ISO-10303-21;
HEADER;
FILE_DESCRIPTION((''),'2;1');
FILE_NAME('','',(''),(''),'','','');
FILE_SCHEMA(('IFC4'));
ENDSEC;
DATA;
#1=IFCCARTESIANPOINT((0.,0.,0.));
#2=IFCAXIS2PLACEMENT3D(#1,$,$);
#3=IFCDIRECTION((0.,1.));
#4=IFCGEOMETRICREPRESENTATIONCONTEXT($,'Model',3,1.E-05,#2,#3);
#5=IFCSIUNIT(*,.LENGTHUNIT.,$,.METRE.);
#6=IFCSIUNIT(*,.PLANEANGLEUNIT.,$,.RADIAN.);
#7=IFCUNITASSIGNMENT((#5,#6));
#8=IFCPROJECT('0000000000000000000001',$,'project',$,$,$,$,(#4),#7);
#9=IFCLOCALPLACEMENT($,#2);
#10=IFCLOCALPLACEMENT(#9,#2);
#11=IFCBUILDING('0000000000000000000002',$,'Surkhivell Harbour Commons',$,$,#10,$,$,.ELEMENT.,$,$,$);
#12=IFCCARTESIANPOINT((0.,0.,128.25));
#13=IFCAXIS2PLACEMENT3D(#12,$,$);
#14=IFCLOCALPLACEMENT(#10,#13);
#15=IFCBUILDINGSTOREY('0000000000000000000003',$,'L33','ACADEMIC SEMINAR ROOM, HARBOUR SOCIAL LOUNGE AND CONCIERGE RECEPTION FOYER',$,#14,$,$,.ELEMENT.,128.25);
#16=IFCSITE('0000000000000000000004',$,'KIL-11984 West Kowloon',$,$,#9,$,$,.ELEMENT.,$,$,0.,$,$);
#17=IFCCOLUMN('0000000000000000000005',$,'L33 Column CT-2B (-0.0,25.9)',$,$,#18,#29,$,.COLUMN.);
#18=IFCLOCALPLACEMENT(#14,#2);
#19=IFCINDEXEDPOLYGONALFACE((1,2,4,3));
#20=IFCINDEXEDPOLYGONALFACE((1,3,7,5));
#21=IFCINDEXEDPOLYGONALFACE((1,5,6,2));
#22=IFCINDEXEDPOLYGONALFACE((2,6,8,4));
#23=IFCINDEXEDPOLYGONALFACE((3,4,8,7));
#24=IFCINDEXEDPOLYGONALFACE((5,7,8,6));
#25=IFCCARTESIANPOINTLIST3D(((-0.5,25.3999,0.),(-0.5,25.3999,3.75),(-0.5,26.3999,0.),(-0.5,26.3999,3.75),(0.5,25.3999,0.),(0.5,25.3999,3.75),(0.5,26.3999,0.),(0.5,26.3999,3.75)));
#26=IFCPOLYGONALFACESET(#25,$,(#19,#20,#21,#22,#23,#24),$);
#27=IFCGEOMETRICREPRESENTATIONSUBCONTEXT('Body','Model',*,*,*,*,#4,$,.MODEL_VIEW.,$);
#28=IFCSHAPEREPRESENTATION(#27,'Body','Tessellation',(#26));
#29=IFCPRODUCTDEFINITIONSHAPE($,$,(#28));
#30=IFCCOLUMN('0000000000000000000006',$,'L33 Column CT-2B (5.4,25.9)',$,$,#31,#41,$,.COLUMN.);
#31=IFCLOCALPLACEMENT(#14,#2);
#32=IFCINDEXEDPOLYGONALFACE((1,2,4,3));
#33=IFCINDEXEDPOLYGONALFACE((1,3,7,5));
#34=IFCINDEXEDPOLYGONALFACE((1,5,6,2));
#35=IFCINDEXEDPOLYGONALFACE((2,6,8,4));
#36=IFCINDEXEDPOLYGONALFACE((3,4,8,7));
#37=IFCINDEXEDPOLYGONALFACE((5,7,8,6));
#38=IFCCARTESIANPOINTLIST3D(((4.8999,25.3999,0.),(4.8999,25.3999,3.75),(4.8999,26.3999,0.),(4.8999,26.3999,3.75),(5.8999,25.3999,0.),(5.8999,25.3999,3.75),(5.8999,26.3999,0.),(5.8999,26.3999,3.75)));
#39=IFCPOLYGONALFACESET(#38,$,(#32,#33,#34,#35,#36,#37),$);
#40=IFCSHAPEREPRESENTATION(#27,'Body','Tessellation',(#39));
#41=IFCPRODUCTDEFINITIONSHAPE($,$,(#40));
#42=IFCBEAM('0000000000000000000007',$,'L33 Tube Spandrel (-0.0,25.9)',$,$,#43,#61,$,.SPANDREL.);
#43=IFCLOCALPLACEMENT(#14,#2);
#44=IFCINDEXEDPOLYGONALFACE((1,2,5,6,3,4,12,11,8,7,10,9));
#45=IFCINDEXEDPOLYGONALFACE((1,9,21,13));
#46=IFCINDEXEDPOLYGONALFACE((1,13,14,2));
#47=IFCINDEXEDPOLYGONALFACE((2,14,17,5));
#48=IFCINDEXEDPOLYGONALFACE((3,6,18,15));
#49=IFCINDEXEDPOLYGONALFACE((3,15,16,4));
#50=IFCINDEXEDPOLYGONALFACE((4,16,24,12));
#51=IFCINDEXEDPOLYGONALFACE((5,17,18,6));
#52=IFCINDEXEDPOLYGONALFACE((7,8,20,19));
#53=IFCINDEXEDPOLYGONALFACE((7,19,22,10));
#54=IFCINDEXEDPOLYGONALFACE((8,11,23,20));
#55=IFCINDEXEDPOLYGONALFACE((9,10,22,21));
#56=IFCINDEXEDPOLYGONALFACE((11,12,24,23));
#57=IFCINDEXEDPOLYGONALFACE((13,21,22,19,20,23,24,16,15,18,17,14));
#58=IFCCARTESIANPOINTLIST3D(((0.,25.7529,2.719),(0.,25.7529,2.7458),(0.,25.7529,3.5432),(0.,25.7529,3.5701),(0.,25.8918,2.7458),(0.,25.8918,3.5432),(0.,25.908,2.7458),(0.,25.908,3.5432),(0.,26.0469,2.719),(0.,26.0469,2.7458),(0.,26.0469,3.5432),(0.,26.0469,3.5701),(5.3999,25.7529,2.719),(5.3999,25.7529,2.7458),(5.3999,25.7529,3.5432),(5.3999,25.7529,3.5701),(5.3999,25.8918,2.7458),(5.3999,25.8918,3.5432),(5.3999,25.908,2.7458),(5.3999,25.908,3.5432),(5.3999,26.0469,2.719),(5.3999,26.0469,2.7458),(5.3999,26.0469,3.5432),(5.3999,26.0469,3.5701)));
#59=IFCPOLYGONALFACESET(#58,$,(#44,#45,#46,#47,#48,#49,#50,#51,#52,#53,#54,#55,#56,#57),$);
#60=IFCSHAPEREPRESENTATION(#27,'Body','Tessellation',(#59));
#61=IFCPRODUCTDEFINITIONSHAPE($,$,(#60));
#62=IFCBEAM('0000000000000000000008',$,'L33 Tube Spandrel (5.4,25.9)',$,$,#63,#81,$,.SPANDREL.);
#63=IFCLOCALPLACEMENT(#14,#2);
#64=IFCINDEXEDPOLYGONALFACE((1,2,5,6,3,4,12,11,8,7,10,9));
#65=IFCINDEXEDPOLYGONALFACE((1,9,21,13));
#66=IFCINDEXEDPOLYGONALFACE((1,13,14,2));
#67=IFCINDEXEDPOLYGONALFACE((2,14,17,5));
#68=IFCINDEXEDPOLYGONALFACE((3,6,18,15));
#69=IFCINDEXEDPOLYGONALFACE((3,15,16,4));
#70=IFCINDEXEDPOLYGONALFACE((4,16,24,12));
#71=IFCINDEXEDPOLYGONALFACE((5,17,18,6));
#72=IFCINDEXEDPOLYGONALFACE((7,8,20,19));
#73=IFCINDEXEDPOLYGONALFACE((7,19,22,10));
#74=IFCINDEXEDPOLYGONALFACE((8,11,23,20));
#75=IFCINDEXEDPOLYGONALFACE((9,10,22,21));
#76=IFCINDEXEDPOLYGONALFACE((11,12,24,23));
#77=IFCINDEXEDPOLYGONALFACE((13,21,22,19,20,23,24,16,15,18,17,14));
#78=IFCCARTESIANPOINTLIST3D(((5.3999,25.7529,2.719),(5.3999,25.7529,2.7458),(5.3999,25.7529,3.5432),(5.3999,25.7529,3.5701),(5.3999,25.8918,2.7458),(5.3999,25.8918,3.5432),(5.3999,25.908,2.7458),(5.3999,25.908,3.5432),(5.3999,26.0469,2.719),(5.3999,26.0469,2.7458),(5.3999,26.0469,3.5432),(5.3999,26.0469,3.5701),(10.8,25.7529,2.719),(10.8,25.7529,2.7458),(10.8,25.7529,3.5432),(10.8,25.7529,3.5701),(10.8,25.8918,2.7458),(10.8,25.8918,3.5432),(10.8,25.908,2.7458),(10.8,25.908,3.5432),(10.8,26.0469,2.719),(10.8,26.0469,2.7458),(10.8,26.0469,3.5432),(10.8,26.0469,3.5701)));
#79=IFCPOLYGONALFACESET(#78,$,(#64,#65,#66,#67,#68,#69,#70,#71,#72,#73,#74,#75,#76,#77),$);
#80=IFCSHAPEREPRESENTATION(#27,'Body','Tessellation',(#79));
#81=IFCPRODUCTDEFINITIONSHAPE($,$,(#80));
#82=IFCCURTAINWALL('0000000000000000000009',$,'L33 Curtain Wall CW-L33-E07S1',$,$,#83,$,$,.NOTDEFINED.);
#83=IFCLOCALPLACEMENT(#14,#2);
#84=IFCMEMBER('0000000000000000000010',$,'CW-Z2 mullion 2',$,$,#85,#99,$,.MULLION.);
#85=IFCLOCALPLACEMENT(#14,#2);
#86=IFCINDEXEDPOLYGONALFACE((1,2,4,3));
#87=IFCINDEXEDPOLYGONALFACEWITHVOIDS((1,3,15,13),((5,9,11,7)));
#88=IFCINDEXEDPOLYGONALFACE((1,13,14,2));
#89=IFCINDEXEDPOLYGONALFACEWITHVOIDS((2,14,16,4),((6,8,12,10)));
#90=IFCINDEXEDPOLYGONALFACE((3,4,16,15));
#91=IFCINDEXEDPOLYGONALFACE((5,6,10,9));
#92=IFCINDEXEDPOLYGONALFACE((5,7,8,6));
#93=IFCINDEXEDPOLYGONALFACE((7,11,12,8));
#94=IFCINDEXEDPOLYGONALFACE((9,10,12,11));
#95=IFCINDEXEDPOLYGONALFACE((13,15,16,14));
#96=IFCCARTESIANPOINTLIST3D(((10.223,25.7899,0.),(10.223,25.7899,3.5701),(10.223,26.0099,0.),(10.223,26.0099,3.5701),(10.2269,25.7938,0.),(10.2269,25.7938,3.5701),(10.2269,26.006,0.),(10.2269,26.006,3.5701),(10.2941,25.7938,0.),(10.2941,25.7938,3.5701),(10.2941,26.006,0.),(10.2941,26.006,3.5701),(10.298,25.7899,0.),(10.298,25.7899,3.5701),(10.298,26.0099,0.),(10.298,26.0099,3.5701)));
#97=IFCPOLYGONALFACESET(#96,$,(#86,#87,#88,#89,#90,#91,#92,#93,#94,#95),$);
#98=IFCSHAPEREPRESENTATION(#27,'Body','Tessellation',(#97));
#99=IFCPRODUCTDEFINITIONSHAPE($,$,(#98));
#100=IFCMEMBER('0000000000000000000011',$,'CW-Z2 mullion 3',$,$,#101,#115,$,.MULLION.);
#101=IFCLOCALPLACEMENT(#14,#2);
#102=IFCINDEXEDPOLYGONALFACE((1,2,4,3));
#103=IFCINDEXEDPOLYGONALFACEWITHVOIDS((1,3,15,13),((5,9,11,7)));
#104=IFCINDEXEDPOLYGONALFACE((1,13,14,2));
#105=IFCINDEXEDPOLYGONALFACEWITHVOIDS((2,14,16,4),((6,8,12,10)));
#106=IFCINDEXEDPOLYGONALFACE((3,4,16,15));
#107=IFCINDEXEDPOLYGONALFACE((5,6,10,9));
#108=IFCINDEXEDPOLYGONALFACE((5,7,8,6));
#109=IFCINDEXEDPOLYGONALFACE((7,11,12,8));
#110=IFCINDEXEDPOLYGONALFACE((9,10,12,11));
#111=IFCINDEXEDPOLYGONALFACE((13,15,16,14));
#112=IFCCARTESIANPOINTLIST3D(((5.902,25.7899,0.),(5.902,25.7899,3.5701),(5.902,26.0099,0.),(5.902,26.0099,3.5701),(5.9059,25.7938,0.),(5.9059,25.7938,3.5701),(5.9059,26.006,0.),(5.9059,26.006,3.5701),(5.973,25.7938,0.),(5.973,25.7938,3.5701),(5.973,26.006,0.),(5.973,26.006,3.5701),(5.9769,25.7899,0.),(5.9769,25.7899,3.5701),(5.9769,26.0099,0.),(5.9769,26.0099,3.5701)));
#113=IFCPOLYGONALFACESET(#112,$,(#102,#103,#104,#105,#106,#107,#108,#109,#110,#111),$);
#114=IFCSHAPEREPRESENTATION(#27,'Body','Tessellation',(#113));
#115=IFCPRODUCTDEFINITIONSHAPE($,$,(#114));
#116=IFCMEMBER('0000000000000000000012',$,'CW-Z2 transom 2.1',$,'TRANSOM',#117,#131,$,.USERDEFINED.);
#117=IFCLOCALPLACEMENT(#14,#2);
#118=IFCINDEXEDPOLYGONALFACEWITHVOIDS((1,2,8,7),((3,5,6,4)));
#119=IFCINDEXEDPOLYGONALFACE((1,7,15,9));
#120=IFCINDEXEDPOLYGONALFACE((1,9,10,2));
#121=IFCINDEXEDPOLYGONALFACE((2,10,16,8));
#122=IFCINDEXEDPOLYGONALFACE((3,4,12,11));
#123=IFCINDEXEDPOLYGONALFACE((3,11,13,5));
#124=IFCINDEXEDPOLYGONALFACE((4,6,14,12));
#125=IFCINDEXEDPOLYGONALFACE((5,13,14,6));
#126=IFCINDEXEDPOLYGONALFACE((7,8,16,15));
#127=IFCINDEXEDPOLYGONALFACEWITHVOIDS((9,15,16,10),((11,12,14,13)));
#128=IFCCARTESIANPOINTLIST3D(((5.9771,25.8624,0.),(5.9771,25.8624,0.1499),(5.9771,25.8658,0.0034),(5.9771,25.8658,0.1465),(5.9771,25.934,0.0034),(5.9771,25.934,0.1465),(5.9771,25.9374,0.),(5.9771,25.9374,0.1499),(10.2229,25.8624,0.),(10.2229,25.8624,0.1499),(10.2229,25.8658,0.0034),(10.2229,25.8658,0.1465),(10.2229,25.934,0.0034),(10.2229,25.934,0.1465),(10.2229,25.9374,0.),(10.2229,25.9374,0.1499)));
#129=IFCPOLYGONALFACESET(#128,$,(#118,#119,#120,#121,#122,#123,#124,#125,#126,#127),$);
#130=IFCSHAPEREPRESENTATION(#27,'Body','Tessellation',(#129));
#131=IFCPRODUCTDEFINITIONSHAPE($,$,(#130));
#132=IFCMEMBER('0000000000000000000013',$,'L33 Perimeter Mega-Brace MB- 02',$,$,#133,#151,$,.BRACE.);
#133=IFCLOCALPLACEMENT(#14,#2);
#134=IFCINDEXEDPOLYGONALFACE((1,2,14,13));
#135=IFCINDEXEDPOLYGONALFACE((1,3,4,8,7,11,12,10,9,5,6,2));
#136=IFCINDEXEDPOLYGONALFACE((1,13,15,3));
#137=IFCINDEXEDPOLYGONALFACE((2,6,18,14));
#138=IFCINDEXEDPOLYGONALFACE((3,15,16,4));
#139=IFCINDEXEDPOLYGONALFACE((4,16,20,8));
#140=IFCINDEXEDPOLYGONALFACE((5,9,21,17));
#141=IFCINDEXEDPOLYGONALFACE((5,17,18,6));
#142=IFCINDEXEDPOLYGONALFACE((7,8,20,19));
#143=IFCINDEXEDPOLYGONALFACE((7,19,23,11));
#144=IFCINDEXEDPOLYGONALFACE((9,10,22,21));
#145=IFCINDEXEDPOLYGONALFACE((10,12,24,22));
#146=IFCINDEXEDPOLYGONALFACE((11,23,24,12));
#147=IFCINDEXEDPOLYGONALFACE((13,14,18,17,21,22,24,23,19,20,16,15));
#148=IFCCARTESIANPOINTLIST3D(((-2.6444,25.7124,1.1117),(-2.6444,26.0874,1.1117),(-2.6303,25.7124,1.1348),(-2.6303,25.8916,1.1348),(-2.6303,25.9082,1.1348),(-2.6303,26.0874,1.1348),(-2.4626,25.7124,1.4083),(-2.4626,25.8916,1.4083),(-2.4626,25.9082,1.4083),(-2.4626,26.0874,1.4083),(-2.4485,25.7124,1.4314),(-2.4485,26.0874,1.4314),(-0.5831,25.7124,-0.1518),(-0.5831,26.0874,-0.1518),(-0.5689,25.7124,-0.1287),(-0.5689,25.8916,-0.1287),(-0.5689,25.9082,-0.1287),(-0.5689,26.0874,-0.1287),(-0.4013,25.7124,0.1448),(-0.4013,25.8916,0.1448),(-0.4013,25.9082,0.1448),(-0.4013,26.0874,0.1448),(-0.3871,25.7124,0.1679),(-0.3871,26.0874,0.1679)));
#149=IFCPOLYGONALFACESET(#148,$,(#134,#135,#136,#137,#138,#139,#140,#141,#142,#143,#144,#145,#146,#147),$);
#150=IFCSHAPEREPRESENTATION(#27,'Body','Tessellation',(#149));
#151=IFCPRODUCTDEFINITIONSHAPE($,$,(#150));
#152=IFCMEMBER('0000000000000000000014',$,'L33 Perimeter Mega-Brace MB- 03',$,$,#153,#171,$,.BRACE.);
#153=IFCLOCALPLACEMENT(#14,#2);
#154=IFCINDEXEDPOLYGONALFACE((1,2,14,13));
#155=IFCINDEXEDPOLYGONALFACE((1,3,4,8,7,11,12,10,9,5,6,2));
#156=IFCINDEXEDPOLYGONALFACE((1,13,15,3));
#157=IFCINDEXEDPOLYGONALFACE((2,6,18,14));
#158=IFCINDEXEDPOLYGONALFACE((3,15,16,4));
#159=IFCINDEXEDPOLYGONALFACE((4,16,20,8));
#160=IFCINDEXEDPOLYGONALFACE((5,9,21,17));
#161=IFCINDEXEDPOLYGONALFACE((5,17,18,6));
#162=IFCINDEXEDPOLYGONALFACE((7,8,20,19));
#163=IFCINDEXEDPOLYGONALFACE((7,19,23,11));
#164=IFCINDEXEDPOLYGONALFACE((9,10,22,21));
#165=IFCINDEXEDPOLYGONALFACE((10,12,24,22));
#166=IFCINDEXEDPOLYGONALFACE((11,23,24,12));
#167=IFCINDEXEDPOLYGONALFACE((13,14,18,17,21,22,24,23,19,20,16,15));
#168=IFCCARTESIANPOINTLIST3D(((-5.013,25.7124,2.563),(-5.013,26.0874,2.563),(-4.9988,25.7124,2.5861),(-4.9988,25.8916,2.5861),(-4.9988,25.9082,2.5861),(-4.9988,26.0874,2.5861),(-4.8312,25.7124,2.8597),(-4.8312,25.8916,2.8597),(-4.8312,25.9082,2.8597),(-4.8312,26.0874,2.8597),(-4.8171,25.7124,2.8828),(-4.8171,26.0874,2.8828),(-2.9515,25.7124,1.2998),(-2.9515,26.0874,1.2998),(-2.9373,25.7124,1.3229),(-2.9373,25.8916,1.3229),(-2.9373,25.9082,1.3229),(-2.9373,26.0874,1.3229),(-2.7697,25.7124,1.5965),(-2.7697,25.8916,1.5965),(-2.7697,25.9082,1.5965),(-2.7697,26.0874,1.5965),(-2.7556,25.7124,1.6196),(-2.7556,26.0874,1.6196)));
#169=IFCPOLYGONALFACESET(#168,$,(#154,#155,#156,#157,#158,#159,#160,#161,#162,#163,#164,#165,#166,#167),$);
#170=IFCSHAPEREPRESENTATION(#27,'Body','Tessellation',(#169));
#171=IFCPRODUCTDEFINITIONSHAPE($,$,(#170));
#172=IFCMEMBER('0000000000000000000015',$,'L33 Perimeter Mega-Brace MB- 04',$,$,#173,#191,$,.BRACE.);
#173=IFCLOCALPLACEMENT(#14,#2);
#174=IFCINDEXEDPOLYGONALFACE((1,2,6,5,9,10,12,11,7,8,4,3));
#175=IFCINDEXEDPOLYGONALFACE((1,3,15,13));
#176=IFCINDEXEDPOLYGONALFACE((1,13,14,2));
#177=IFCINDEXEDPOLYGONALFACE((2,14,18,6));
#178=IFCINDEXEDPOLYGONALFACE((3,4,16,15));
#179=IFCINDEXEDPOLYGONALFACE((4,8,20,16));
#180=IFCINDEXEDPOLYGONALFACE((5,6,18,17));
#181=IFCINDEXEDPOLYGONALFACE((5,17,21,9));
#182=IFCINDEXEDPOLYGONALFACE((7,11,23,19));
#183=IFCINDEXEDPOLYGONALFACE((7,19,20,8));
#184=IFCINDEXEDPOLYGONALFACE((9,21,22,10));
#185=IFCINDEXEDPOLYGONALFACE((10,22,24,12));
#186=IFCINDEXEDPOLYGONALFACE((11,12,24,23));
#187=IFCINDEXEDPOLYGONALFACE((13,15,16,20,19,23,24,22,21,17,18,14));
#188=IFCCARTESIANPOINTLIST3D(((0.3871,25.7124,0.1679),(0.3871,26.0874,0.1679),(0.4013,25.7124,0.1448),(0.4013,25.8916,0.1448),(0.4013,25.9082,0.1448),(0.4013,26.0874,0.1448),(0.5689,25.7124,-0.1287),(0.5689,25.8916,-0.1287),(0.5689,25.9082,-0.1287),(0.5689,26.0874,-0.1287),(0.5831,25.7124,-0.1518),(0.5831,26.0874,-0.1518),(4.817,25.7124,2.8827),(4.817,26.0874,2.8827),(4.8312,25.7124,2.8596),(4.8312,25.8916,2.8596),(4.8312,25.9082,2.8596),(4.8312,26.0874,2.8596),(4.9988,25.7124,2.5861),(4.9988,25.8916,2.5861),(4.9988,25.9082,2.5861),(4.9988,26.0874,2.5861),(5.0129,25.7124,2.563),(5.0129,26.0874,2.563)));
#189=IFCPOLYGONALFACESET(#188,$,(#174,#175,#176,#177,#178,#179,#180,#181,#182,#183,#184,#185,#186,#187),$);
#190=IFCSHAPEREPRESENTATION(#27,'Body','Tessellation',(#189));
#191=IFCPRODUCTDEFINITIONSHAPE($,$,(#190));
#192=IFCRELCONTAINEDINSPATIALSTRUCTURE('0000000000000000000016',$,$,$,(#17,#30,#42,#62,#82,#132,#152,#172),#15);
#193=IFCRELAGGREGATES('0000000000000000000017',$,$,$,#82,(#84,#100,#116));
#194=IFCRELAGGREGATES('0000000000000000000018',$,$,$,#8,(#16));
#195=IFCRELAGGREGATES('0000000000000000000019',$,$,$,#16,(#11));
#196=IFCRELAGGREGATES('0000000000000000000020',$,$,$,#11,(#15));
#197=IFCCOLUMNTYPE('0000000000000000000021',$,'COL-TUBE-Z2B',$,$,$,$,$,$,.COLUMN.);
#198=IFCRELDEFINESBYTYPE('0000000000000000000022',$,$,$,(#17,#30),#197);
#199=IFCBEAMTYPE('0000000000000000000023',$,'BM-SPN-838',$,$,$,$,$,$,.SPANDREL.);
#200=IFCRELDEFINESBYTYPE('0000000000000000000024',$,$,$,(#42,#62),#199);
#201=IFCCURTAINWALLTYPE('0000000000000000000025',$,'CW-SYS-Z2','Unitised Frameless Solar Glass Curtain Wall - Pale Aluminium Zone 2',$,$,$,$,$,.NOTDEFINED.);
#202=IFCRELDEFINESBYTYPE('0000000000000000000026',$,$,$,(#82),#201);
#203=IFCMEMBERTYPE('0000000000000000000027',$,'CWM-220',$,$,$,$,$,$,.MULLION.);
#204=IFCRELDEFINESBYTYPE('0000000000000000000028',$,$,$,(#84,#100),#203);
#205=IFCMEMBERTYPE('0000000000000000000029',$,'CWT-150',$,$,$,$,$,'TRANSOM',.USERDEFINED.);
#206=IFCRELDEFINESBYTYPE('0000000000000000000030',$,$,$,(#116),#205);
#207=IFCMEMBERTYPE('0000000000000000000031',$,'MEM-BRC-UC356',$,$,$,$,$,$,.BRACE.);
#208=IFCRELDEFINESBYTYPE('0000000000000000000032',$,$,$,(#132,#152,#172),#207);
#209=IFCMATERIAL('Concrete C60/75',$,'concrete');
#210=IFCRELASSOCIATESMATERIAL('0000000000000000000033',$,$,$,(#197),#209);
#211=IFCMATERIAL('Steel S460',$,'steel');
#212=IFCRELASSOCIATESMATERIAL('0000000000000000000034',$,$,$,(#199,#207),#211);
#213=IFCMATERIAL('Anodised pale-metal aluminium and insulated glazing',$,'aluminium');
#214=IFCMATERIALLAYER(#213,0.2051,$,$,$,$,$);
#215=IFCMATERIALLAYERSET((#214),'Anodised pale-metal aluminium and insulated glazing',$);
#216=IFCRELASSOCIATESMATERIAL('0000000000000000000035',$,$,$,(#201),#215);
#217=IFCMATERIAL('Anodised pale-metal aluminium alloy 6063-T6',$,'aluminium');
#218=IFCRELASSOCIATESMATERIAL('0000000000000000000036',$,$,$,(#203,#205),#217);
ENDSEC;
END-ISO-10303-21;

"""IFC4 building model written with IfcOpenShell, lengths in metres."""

from ifc_helpers import new_model, si_unit, direction, frame, origin, origin_2d, place, context, subcontext, project, spatial, rectangle, hollow_rectangle, i_section, extrude, material, layer, layer_set, material_profile, profile_set, type_object, element, aggregate, save


model = new_model("IFC4")

# Units and contexts
model_context = context("Model", 3, precision=1e-05, world=origin(), true_north=direction((0.0, 1.0)))
body_context = subcontext(model_context, "Body", "Model", "MODEL_VIEW")
ifc_project = project(units=[si_unit("LENGTHUNIT", "METRE"), si_unit("PLANEANGLEUNIT", "RADIAN")], contexts=[model_context])

# Site, building, storey
site_placement = place(None, origin())
site = spatial("IfcSite", under=ifc_project, at=site_placement, Name="KIL-11984 West Kowloon", CompositionType="ELEMENT", RefElevation=0.0)
building_placement = place(site_placement, origin())
building = spatial("IfcBuilding", under=site, at=building_placement, Name="Surkhivell Harbour Commons", CompositionType="ELEMENT")
storey_placement = place(building_placement, frame((0.0, 0.0, 128.25)))
storey = spatial("IfcBuildingStorey", under=building, at=storey_placement, Name="L33", Description="ACADEMIC SEMINAR ROOM, HARBOUR SOCIAL LOUNGE AND CONCIERGE RECEPTION FOYER", CompositionType="ELEMENT", Elevation=128.25)

# Columns
ifc_material_1 = material(Name="Concrete C60/75", Category="concrete")
ifc_material_profile_1 = material_profile(ifc_material_1, rectangle(XDim=1.0, YDim=1.0, at=origin_2d()), Name="RC-COL-1000x1000")
ifc_profile_set_1 = profile_set([ifc_material_profile_1], Name="Concrete C60/75")
column_type = type_object("IfcColumnType", Name="COL-TUBE-Z2B", PredefinedType="COLUMN", material=ifc_profile_set_1)
for number, where, z_axis, x_axis, name in (
    (1, (0.0, 25.8999, 0.0), (0.0, 0.0, 1.0), (1.0, 0.0, 0.0), "L33 Column CT-2B (-0.0,25.9)"),
    (2, (5.3999, 25.8999, 0.0), (0.0, 0.0, 1.0), (1.0, 0.0, 0.0), "L33 Column CT-2B (5.4,25.9)"),
):
    element("IfcColumn", number, at=place(storey_placement, frame(where, z_axis=z_axis, x_axis=x_axis)), inside=storey, type_object=column_type, Name=name, PredefinedType="COLUMN", context=body_context, shape_type="SweptSolid", body=[
        extrude(rectangle(XDim=1.0, YDim=1.0, at=origin_2d()), origin(), (0.0, 0.0, 1.0), 3.75),
    ])

# Beams
ifc_material_2 = material(Name="Steel S460", Category="steel")
ifc_material_profile_2 = material_profile(ifc_material_2, i_section(OverallWidth=0.2939, OverallDepth=0.8511, WebThickness=0.0161, FlangeThickness=0.0269, at=origin_2d()), Name="UB838x292x226")
ifc_profile_set_2 = profile_set([ifc_material_profile_2], Name="Steel S460")
beam_type = type_object("IfcBeamType", Name="BM-SPN-838", PredefinedType="SPANDREL", material=ifc_profile_set_2)
beam_1_placement = place(storey_placement, frame((0.0, 25.8999, 3.1445), z_axis=(1.0, 0.0, 0.0), x_axis=(0.0, 1.0, 0.0)))
element("IfcBeam", 3, at=beam_1_placement, inside=storey, type_object=beam_type, Name="L33 Tube Spandrel (-0.0,25.9)", PredefinedType="SPANDREL", context=body_context, shape_type="SweptSolid", body=[
    extrude(i_section(OverallWidth=0.2939, OverallDepth=0.8511, WebThickness=0.0161, FlangeThickness=0.0269, at=origin_2d()), origin(), (0.0, 0.0, 1.0), 5.3999),
])
beam_2_placement = place(storey_placement, frame((5.3999, 25.8999, 3.1445), z_axis=(1.0, 0.0, 0.0), x_axis=(0.0, 1.0, 0.0)))
element("IfcBeam", 4, at=beam_2_placement, inside=storey, type_object=beam_type, Name="L33 Tube Spandrel (5.4,25.9)", PredefinedType="SPANDREL", context=body_context, shape_type="SweptSolid", body=[
    extrude(i_section(OverallWidth=0.2939, OverallDepth=0.8511, WebThickness=0.0161, FlangeThickness=0.0269, at=origin_2d()), origin(), (0.0, 0.0, 1.0), 5.4001),
])

# Curtain wall, members
ifc_material_3 = material(Name="Anodised pale-metal aluminium and insulated glazing", Category="aluminium")
ifc_layer_1 = layer(ifc_material_3, 0.2051)
ifc_layer_set_1 = layer_set([ifc_layer_1], Name="Anodised pale-metal aluminium and insulated glazing")
curtain_wall_type = type_object("IfcCurtainWallType", Name="CW-SYS-Z2", Description="Unitised Frameless Solar Glass Curtain Wall - Pale Aluminium Zone 2", PredefinedType="NOTDEFINED", material=ifc_layer_set_1)
curtain_wall_placement = place(storey_placement, origin())
curtain_wall = element("IfcCurtainWall", 5, at=curtain_wall_placement, inside=storey, type_object=curtain_wall_type, Name="L33 Curtain Wall CW-L33-E07S1", PredefinedType="NOTDEFINED")
ifc_material_4 = material(Name="Anodised pale-metal aluminium alloy 6063-T6", Category="aluminium")
ifc_material_profile_3 = material_profile(ifc_material_4, hollow_rectangle(XDim=0.075, YDim=0.22, WallThickness=0.0039, at=origin_2d()), Name="ALU-MULL-75x220")
ifc_profile_set_3 = profile_set([ifc_material_profile_3], Name="Anodised pale-metal aluminium alloy 6063-T6")
member_type_1 = type_object("IfcMemberType", Name="CWM-220", PredefinedType="MULLION", material=ifc_profile_set_3)
member_1_placement = place(storey_placement, frame((10.2605, 25.8999, 0.0), z_axis=(0.0, 0.0, 1.0), x_axis=(-1.0, 0.0, 0.0)))
member_1 = element("IfcMember", 6, at=member_1_placement, type_object=member_type_1, Name="CW-Z2 mullion 2", PredefinedType="MULLION", context=body_context, shape_type="SweptSolid", body=[
    extrude(hollow_rectangle(XDim=0.075, YDim=0.22, WallThickness=0.0039, at=origin_2d()), origin(), (0.0, 0.0, 1.0), 3.5701),
])
member_2_placement = place(storey_placement, frame((5.9395, 25.8999, 0.0), z_axis=(0.0, 0.0, 1.0), x_axis=(-1.0, 0.0, 0.0)))
member_2 = element("IfcMember", 7, at=member_2_placement, type_object=member_type_1, Name="CW-Z2 mullion 3", PredefinedType="MULLION", context=body_context, shape_type="SweptSolid", body=[
    extrude(hollow_rectangle(XDim=0.075, YDim=0.22, WallThickness=0.0039, at=origin_2d()), origin(), (0.0, 0.0, 1.0), 3.5701),
])
ifc_material_profile_4 = material_profile(ifc_material_4, hollow_rectangle(XDim=0.075, YDim=0.1499, WallThickness=0.0034, at=origin_2d()), Name="ALU-TRAN-75x150")
ifc_profile_set_4 = profile_set([ifc_material_profile_4], Name="Anodised pale-metal aluminium alloy 6063-T6")
member_type_2 = type_object("IfcMemberType", Name="CWT-150", ElementType="TRANSOM", PredefinedType="USERDEFINED", material=ifc_profile_set_4)
member_3_placement = place(storey_placement, frame((10.2229, 25.8999, 0.075), z_axis=(-1.0, 0.0, 0.0), x_axis=(0.0, -1.0, 0.0)))
member_3 = element("IfcMember", 8, at=member_3_placement, type_object=member_type_2, Name="CW-Z2 transom 2.1", ObjectType="TRANSOM", PredefinedType="USERDEFINED", context=body_context, shape_type="SweptSolid", body=[
    extrude(hollow_rectangle(XDim=0.075, YDim=0.1499, WallThickness=0.0034, at=origin_2d()), origin(), (0.0, 0.0, 1.0), 4.2458),
])

# Members
ifc_material_profile_5 = material_profile(ifc_material_2, i_section(OverallWidth=0.375, OverallDepth=0.375, WebThickness=0.0166, FlangeThickness=0.0271, at=origin_2d()), Name="UC356x368x202")
ifc_profile_set_5 = profile_set([ifc_material_profile_5], Name="Steel S460")
member_type_3 = type_object("IfcMemberType", Name="MEM-BRC-UC356", PredefinedType="BRACE", material=ifc_profile_set_5)
for number, where, z_axis, x_axis, name in (
    (9, (-0.4851, 25.8999, 0.0081), (-0.85259, 0.0, 0.522581), (0.0, -1.0, 0.0), "L33 Perimeter Mega-Brace MB- 02"),
    (10, (-2.8535, 25.8999, 1.4597), (-0.852662, 0.0, 0.522463), (0.0, -1.0, 0.0), "L33 Perimeter Mega-Brace MB- 03"),
):
    element("IfcMember", number, at=place(storey_placement, frame(where, z_axis=z_axis, x_axis=x_axis)), inside=storey, type_object=member_type_3, Name=name, PredefinedType="BRACE", context=body_context, shape_type="SweptSolid", body=[
        extrude(i_section(OverallWidth=0.375, OverallDepth=0.375, WebThickness=0.0166, FlangeThickness=0.0271, at=origin_2d()), origin(), (0.0, 0.0, 1.0), 2.4177),
    ])
member_4_placement = place(storey_placement, frame((0.4851, 25.8999, 0.0081), z_axis=(0.852625, 0.0, 0.522523), x_axis=(0.0, 1.0, 0.0)))
element("IfcMember", 11, at=member_4_placement, inside=storey, type_object=member_type_3, Name="L33 Perimeter Mega-Brace MB- 04", PredefinedType="BRACE", context=body_context, shape_type="SweptSolid", body=[
    extrude(i_section(OverallWidth=0.375, OverallDepth=0.375, WebThickness=0.0166, FlangeThickness=0.0271, at=origin_2d()), origin(), (0.0, 0.0, 1.0), 5.1956),
])

aggregate(curtain_wall, [member_1, member_2, member_3])

save(model, "model.ifc")
